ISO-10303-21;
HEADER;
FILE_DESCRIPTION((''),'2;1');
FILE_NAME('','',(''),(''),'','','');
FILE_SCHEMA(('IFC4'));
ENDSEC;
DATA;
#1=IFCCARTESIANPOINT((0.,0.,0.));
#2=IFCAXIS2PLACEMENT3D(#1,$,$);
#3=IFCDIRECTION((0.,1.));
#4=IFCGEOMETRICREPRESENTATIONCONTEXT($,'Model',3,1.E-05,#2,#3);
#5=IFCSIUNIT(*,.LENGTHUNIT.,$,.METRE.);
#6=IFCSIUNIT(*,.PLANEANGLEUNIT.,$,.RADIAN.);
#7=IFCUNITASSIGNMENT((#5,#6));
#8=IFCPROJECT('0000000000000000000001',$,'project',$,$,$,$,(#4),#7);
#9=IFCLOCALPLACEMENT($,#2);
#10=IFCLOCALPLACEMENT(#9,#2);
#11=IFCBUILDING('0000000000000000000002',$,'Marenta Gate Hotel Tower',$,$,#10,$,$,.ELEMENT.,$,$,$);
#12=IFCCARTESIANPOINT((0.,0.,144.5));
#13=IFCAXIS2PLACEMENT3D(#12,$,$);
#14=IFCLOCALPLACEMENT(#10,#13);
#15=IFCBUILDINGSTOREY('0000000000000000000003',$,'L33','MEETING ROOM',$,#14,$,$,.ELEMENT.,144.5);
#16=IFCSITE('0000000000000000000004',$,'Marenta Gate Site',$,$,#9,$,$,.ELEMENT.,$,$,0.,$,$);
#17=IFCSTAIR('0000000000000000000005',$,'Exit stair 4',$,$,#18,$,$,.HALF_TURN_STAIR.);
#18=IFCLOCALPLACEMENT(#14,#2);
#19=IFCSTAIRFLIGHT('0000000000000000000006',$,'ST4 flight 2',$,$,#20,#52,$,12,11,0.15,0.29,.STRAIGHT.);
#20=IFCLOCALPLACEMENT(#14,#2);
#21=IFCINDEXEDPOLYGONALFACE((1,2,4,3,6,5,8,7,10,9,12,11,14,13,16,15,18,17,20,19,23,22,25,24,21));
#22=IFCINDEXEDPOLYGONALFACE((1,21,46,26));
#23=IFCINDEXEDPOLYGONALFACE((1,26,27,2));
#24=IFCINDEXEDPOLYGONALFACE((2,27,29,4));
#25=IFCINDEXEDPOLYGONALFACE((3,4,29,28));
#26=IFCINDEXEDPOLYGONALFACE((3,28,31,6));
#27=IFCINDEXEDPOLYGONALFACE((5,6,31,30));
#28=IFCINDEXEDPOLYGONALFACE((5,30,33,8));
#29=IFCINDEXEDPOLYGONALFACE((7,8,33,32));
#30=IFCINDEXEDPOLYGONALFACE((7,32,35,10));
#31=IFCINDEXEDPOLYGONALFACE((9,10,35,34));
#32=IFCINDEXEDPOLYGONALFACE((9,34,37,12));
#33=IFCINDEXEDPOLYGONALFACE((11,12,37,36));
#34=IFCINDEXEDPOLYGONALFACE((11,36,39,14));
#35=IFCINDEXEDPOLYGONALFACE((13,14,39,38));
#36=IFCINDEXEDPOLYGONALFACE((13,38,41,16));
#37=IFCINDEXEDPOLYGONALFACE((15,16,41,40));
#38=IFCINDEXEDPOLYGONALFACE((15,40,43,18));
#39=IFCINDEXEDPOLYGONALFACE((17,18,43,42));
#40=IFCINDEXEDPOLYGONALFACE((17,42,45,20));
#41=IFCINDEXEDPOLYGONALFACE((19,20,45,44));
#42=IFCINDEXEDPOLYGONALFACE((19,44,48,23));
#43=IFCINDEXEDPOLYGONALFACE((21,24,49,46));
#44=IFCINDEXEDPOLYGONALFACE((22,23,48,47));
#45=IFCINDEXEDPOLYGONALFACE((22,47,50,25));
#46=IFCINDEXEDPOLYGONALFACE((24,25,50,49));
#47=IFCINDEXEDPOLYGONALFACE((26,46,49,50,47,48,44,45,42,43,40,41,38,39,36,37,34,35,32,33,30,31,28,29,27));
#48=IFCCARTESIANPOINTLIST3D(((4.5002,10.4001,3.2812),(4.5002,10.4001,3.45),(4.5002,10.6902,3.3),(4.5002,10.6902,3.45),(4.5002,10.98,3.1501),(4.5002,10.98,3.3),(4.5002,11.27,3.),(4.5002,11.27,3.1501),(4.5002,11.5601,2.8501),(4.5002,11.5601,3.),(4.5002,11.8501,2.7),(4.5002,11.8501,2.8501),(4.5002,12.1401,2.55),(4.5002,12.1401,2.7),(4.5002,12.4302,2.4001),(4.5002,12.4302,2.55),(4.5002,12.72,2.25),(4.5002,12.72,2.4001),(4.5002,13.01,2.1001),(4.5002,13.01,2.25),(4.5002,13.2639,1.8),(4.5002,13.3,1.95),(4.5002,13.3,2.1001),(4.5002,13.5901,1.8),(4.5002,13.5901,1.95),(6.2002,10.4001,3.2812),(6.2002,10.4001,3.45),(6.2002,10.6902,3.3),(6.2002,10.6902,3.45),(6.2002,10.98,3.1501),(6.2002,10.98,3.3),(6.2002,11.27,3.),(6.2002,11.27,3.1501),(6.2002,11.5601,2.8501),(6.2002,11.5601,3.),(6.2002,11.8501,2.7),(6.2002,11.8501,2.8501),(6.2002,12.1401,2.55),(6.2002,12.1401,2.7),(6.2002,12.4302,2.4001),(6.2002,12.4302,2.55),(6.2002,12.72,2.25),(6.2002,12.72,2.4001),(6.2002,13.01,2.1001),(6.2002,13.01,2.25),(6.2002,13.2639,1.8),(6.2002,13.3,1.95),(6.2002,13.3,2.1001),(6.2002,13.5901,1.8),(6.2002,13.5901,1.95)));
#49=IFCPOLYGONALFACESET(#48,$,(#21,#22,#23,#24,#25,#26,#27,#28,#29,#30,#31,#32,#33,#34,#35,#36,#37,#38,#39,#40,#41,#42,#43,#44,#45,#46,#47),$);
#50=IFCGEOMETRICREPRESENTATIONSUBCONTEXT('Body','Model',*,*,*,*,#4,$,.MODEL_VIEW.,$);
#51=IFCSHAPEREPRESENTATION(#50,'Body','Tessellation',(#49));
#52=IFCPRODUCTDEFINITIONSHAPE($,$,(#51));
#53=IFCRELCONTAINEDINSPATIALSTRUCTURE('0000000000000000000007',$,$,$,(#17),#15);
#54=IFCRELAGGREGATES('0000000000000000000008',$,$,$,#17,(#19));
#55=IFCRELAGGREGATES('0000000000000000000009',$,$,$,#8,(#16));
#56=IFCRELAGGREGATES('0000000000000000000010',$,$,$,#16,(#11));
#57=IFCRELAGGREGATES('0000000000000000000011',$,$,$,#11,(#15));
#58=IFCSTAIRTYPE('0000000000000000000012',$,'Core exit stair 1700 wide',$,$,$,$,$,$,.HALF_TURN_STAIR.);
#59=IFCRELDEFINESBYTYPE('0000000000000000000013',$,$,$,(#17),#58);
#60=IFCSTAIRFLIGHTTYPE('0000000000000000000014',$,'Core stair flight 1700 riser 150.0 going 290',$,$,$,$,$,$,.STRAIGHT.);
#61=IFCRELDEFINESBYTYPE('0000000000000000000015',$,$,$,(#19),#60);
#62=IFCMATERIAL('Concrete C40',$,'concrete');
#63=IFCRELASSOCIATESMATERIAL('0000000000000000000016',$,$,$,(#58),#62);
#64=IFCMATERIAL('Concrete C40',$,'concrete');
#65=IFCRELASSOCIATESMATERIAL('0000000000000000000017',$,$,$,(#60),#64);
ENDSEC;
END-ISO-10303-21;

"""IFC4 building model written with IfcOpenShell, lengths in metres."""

from ifc_helpers import new_model, si_unit, direction, frame, origin, place, context, subcontext, project, spatial, polyline, outline, extrude, material, type_object, element, aggregate, save


model = new_model("IFC4")

# Units and contexts
model_context = context("Model", 3, precision=1e-05, world=origin(), true_north=direction((0.0, 1.0)))
body_context = subcontext(model_context, "Body", "Model", "MODEL_VIEW")
ifc_project = project(units=[si_unit("LENGTHUNIT", "METRE"), si_unit("PLANEANGLEUNIT", "RADIAN")], contexts=[model_context])

# Site, building, storey
site_placement = place(None, origin())
site = spatial("IfcSite", under=ifc_project, at=site_placement, Name="Marenta Gate Site", CompositionType="ELEMENT", RefElevation=0.0)
building_placement = place(site_placement, origin())
building = spatial("IfcBuilding", under=site, at=building_placement, Name="Marenta Gate Hotel Tower", CompositionType="ELEMENT")
storey_placement = place(building_placement, frame((0.0, 0.0, 144.5)))
storey = spatial("IfcBuildingStorey", under=building, at=storey_placement, Name="L33", Description="MEETING ROOM", CompositionType="ELEMENT", Elevation=144.5)

# Shared definitions
ifc_material_1 = material(Name="Concrete C40", Category="concrete")
stair_type = type_object("IfcStairType", Name="Core exit stair 1700 wide", PredefinedType="HALF_TURN_STAIR", material=ifc_material_1)
ifc_material_2 = material(Name="Concrete C40", Category="concrete")
stair_flight_type = type_object("IfcStairFlightType", Name="Core stair flight 1700 riser 150.0 going 290", PredefinedType="STRAIGHT", material=ifc_material_2)

# Stair, stair flight
stair_1_placement = place(storey_placement, origin())
stair_1 = element("IfcStair", 1, at=stair_1_placement, inside=storey, type_object=stair_type, Name="Exit stair 4", PredefinedType="HALF_TURN_STAIR")
stair_flight_1_placement = place(storey_placement, frame((5.3501, 13.5901, 1.8), z_axis=(0.0, 0.0, 1.0), x_axis=(0.0, -1.0, 0.0)))
stair_flight_1 = element("IfcStairFlight", 2, at=stair_flight_1_placement, type_object=stair_flight_type, Name="ST4 flight 2", NumberOfRisers=12, NumberOfTreads=11, PredefinedType="STRAIGHT", RiserHeight=0.15, TreadLength=0.29, context=body_context, shape_type="SweptSolid", body=[
    extrude(outline(polyline([(0.0, 0.0), (0.0, 0.1499), (0.29, 0.1499), (0.29, 0.3), (0.5801, 0.3), (0.5801, 0.45), (0.8701, 0.45), (0.8701, 0.6001), (1.1599, 0.6001), (1.1599, 0.75), (1.45, 0.75), (1.45, 0.8999), (1.74, 0.8999), (1.74, 1.05), (2.03, 1.05), (2.03, 1.2), (2.3201, 1.2), (2.3201, 1.3501), (2.6101, 1.3501), (2.6101, 1.5), (2.8999, 1.5), (2.8999, 1.6499), (3.1899, 1.6499), (3.1899, 1.8), (3.1899, 1.4812), (0.3262, 0.0), (0.0, 0.0)])), frame((0.0, 0.8501, 0.0), z_axis=(0.0, -1.0, 0.0), x_axis=(1.0, 0.0, 0.0)), (0.0, 0.0, 1.0), 1.7),
])
aggregate(stair_1, [stair_flight_1])

save(model, "model.ifc")
